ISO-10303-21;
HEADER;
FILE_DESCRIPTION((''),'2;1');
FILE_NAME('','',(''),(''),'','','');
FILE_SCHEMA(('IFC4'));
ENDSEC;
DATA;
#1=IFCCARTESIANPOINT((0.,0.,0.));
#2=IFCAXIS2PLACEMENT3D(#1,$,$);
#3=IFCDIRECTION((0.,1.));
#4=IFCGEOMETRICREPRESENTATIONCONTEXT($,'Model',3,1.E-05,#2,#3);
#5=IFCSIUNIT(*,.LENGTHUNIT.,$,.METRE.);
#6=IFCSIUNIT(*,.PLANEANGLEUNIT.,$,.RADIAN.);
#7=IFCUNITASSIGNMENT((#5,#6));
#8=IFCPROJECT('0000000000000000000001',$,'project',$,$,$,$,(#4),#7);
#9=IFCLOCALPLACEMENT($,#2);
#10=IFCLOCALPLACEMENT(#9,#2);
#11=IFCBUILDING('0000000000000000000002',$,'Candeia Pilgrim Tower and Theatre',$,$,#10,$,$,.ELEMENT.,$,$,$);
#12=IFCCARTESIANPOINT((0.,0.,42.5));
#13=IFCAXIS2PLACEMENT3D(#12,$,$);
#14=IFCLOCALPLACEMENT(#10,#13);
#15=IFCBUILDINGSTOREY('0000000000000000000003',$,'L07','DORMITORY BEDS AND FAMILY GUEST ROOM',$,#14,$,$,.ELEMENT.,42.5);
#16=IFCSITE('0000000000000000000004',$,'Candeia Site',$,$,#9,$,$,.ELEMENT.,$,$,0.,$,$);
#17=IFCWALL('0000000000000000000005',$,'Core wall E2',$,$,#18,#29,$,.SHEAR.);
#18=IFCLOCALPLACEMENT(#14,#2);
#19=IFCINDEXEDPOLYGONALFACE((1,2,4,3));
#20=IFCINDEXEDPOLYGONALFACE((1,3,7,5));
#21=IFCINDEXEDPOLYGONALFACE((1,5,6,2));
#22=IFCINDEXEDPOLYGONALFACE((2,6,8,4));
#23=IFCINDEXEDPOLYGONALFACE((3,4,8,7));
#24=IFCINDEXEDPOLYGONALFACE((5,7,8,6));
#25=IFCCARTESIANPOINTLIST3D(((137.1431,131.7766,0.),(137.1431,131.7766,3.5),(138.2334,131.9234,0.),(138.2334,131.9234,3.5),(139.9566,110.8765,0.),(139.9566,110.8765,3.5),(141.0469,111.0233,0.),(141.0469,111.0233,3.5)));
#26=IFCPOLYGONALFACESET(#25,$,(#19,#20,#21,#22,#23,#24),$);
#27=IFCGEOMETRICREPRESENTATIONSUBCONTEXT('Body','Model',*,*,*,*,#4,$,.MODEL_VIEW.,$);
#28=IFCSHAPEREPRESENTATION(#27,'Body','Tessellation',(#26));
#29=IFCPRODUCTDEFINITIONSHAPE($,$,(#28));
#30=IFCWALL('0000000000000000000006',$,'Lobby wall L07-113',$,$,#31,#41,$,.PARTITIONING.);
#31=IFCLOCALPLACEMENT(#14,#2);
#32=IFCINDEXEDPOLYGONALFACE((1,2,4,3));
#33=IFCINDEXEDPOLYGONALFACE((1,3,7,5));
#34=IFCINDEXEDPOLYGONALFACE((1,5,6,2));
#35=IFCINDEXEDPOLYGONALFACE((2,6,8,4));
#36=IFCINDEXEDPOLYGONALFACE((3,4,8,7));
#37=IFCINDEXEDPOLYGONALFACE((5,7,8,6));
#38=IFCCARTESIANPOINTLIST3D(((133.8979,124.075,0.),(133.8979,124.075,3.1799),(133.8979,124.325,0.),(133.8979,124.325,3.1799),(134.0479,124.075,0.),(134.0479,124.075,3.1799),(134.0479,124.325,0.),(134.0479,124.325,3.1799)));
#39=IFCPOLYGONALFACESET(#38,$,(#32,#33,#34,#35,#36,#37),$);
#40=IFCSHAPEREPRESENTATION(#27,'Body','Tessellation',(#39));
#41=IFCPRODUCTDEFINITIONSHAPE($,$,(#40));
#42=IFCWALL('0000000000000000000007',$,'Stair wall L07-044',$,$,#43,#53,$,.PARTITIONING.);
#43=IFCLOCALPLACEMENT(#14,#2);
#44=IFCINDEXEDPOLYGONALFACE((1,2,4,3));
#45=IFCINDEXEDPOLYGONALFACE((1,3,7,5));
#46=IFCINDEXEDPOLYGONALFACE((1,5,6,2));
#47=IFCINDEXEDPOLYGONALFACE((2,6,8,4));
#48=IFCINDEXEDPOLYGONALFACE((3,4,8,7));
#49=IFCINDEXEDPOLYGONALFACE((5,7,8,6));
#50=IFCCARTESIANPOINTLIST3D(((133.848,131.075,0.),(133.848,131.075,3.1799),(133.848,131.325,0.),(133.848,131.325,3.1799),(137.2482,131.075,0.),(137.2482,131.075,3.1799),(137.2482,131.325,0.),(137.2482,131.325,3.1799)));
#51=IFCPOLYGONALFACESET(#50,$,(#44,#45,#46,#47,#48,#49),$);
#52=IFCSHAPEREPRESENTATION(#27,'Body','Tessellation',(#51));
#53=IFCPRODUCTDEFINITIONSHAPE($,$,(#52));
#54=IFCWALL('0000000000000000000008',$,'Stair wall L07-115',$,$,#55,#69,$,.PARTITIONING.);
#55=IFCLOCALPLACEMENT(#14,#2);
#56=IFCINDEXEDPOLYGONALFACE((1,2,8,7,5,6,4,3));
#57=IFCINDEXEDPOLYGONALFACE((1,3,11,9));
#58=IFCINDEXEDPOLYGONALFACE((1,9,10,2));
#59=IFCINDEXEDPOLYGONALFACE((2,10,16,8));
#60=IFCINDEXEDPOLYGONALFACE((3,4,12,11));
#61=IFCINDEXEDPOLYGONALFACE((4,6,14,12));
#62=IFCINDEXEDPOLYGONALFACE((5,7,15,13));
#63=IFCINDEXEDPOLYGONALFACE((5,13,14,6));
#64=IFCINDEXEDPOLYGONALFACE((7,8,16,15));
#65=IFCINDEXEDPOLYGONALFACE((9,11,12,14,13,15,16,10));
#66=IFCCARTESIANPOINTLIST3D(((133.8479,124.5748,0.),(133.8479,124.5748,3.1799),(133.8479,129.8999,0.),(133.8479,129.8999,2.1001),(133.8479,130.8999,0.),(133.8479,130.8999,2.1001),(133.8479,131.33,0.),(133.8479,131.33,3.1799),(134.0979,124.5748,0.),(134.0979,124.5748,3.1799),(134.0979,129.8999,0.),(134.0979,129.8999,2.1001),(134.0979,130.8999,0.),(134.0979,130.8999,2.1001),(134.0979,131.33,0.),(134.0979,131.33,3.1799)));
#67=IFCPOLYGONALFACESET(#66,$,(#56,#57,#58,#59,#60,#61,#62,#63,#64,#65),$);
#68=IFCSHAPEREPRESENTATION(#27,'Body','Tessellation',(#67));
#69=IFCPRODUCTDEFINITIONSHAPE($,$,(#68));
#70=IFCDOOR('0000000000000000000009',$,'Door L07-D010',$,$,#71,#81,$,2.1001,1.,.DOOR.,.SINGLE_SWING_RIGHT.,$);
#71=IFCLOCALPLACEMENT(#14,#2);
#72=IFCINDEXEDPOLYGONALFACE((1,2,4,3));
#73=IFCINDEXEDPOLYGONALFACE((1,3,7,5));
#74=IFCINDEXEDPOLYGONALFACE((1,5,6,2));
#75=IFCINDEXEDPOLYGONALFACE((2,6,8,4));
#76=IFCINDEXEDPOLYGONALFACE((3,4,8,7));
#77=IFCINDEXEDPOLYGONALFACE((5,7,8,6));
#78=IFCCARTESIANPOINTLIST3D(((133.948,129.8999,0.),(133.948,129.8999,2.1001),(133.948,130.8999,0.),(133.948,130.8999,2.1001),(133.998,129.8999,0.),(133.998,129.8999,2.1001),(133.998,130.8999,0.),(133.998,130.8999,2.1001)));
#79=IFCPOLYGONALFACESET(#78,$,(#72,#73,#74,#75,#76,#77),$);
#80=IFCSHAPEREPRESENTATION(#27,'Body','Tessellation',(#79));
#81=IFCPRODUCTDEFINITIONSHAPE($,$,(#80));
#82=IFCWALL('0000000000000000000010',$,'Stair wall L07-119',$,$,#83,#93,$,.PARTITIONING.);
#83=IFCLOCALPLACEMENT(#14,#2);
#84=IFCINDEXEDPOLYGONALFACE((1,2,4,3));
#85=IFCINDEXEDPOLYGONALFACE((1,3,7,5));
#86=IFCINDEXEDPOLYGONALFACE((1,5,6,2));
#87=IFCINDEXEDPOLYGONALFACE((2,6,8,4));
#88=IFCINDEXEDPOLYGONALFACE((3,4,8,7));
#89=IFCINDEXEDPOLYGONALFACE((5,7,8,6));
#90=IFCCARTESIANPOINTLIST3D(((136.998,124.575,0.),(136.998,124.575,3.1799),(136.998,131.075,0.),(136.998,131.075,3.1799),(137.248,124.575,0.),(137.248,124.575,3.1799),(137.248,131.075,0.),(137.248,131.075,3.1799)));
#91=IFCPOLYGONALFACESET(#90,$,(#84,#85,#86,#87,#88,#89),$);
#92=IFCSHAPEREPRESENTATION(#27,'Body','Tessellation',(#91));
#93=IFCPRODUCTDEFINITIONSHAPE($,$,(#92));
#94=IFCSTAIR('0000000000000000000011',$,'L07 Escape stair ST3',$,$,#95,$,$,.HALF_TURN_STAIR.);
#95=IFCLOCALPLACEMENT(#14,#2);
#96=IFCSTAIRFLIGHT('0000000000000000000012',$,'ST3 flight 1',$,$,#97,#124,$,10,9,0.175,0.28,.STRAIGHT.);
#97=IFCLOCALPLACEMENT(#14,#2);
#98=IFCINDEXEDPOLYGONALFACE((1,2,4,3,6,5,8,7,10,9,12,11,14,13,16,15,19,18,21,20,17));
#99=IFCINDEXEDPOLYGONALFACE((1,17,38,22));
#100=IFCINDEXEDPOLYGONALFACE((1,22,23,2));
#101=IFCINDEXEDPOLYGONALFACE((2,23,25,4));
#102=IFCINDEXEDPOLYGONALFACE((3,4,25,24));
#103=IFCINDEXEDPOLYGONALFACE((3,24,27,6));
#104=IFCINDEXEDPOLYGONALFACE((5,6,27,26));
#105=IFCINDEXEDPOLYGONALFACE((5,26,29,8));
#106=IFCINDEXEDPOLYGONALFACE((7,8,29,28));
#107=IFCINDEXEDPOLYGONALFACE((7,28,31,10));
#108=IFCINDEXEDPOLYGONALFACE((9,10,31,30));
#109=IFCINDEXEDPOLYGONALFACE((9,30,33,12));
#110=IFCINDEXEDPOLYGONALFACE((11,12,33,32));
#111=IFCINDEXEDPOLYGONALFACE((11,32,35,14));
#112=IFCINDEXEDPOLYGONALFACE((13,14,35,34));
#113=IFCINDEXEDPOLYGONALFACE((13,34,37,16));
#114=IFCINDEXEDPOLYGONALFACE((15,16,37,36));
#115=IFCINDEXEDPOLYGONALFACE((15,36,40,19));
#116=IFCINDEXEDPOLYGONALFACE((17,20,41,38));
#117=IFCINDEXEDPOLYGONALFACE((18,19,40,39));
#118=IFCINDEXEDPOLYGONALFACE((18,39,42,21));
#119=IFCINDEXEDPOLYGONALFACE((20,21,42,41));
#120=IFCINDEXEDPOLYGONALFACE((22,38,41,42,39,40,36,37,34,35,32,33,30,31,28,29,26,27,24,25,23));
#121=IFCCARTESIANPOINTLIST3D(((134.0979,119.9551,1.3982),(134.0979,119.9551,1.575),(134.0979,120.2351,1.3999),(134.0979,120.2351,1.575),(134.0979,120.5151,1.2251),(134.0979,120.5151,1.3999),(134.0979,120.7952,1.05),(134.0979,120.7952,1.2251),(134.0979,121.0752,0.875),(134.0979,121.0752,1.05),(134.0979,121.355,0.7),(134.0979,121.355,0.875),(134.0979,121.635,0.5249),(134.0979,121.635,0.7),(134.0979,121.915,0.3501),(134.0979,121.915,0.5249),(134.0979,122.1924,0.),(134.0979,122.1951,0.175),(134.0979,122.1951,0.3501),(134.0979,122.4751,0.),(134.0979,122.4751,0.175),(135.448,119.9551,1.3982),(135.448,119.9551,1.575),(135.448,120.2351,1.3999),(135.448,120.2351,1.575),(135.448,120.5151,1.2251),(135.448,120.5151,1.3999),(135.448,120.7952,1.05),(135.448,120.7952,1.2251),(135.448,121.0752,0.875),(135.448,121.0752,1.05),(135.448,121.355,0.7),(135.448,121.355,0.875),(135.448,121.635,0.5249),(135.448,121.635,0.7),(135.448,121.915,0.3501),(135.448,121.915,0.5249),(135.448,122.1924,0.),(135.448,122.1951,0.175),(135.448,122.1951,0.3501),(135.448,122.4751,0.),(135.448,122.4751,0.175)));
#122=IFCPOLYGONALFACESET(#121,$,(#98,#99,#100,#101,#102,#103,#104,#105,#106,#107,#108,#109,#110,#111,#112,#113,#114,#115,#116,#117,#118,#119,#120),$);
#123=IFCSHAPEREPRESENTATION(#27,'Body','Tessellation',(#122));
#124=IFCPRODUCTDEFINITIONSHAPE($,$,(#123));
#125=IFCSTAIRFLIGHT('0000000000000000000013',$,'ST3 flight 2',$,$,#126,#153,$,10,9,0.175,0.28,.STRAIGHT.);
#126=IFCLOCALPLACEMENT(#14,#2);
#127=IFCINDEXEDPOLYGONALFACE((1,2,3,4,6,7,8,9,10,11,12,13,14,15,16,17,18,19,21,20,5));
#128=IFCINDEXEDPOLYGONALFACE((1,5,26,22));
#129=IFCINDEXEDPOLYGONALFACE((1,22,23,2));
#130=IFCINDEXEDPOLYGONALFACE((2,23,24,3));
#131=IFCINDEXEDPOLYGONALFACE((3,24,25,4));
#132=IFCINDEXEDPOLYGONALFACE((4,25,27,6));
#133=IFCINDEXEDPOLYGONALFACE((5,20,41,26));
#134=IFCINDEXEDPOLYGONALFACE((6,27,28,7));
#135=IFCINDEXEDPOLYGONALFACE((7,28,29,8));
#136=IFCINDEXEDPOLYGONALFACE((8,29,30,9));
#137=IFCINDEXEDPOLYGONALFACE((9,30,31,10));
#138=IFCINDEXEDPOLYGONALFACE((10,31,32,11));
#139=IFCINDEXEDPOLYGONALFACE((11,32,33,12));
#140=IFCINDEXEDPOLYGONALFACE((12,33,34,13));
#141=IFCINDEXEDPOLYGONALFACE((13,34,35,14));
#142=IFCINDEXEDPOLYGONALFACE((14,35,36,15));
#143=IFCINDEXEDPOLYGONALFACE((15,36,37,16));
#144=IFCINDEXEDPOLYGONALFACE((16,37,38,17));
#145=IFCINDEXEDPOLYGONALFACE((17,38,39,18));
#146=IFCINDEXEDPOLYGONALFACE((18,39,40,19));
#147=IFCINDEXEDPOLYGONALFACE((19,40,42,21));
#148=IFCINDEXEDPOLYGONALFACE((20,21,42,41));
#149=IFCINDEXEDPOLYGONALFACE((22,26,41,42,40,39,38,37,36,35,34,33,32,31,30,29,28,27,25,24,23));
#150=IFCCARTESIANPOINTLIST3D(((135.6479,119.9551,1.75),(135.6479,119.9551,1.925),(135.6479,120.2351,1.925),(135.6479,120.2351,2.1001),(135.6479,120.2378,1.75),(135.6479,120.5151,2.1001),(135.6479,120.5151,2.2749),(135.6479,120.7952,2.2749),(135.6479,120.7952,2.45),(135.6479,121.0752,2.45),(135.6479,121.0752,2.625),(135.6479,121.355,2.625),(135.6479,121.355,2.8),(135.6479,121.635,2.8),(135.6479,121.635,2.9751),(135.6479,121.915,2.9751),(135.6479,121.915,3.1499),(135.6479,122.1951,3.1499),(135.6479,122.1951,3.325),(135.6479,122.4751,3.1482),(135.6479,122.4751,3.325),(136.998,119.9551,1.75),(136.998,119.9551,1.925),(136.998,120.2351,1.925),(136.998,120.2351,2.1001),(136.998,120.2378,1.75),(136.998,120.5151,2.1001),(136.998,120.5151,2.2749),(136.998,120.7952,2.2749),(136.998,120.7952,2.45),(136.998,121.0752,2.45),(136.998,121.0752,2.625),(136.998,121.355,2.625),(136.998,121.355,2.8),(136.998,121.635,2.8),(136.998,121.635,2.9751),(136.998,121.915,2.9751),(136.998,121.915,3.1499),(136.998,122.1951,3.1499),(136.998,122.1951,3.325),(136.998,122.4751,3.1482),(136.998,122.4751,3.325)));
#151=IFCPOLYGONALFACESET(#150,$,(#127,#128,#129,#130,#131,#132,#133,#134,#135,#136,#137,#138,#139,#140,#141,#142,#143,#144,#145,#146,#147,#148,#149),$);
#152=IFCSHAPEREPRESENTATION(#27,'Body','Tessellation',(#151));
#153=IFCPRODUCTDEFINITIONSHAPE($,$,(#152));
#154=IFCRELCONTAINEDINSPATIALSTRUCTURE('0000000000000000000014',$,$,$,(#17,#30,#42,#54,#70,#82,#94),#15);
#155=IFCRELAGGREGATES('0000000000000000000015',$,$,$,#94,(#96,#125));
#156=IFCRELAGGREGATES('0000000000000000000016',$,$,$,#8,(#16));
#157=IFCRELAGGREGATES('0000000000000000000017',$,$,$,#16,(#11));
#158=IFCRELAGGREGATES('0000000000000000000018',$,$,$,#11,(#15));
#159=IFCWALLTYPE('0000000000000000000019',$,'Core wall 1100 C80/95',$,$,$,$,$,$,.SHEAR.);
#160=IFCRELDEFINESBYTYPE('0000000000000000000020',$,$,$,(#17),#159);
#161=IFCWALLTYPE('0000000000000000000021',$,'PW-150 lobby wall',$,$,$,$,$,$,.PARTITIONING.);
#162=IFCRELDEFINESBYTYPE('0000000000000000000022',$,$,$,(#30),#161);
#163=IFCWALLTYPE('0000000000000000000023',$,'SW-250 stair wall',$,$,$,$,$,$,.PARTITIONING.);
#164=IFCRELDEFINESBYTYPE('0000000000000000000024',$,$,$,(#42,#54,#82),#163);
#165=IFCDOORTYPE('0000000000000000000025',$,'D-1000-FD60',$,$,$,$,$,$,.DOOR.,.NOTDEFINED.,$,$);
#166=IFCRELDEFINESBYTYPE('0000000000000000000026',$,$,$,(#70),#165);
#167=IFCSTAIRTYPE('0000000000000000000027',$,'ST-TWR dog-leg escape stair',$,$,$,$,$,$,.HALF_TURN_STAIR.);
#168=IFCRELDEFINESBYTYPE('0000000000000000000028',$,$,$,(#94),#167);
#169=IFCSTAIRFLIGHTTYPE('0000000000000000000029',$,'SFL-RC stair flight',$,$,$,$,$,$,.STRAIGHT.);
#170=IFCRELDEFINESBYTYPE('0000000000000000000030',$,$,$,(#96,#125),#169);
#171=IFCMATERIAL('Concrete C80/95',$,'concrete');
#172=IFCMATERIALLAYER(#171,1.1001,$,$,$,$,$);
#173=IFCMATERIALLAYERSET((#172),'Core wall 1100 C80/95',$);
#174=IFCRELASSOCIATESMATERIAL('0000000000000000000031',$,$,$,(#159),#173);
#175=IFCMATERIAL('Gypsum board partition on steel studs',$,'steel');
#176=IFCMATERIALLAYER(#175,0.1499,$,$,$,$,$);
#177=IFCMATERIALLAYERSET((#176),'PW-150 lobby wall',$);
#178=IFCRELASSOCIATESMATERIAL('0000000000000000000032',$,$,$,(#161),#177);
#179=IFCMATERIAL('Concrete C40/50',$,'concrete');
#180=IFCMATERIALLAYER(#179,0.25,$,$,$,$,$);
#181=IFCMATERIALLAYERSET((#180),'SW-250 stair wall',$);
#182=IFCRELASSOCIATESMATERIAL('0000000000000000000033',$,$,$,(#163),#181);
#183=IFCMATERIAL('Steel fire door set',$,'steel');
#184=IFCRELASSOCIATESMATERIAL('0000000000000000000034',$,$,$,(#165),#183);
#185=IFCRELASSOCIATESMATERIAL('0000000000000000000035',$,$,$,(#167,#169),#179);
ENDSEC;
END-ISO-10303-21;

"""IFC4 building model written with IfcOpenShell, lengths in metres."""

from ifc_helpers import new_model, si_unit, direction, frame, frame_2d, origin, place, context, subcontext, project, spatial, polyline, rectangle, outline, extrude, material, layer, layer_set, type_object, element, fill, aggregate, save


model = new_model("IFC4")

# Units and contexts
model_context = context("Model", 3, precision=1e-05, world=origin(), true_north=direction((0.0, 1.0)))
body_context = subcontext(model_context, "Body", "Model", "MODEL_VIEW")
ifc_project = project(units=[si_unit("LENGTHUNIT", "METRE"), si_unit("PLANEANGLEUNIT", "RADIAN")], contexts=[model_context])

# Site, building, storey
site_placement = place(None, origin())
site = spatial("IfcSite", under=ifc_project, at=site_placement, Name="Candeia Site", CompositionType="ELEMENT", RefElevation=0.0)
building_placement = place(site_placement, origin())
building = spatial("IfcBuilding", under=site, at=building_placement, Name="Candeia Pilgrim Tower and Theatre", CompositionType="ELEMENT")
storey_placement = place(building_placement, frame((0.0, 0.0, 42.5)))
storey = spatial("IfcBuildingStorey", under=building, at=storey_placement, Name="L07", Description="DORMITORY BEDS AND FAMILY GUEST ROOM", CompositionType="ELEMENT", Elevation=42.5)

# Wall
ifc_material_1 = material(Name="Concrete C80/95", Category="concrete")
ifc_layer_1 = layer(ifc_material_1, 1.1001)
ifc_layer_set_1 = layer_set([ifc_layer_1], Name="Core wall 1100 C80/95")
wall_type_1 = type_object("IfcWallType", Name="Core wall 1100 C80/95", PredefinedType="SHEAR", material=ifc_layer_set_1)
wall_1_placement = place(storey_placement, frame((137.6882, 131.8501, 0.0), z_axis=(0.0, 0.0, 1.0), x_axis=(0.133412, -0.991061, 0.0)))
element("IfcWall", 1, at=wall_1_placement, inside=storey, type_object=wall_type_1, Name="Core wall E2", PredefinedType="SHEAR", context=body_context, shape_type="SweptSolid", body=[
    extrude(rectangle(XDim=21.0886, YDim=1.1001, at=frame_2d((10.5444, 0.0))), origin(), (0.0, 0.0, 1.0), 3.5),
])

# Walls
ifc_material_2 = material(Name="Gypsum board partition on steel studs", Category="steel")
ifc_layer_2 = layer(ifc_material_2, 0.1499)
ifc_layer_set_2 = layer_set([ifc_layer_2], Name="PW-150 lobby wall")
wall_type_2 = type_object("IfcWallType", Name="PW-150 lobby wall", PredefinedType="PARTITIONING", material=ifc_layer_set_2)
wall_2_placement = place(storey_placement, frame((133.9729, 124.075, 0.0), z_axis=(0.0, 0.0, 1.0), x_axis=(0.0, 1.0, 0.0)))
element("IfcWall", 2, at=wall_2_placement, inside=storey, type_object=wall_type_2, Name="Lobby wall L07-113", PredefinedType="PARTITIONING", context=body_context, shape_type="SweptSolid", body=[
    extrude(rectangle(XDim=0.25, YDim=0.1499, at=frame_2d((0.125, 0.0))), origin(), (0.0, 0.0, 1.0), 3.1799),
])
ifc_material_3 = material(Name="Concrete C40/50", Category="concrete")
ifc_layer_3 = layer(ifc_material_3, 0.25)
ifc_layer_set_3 = layer_set([ifc_layer_3], Name="SW-250 stair wall")
wall_type_3 = type_object("IfcWallType", Name="SW-250 stair wall", PredefinedType="PARTITIONING", material=ifc_layer_set_3)
wall_3_placement = place(storey_placement, frame((133.8479, 131.2, 0.0), z_axis=(0.0, 0.0, 1.0), x_axis=(1.0, 0.0, 0.0)))
element("IfcWall", 3, at=wall_3_placement, inside=storey, type_object=wall_type_3, Name="Stair wall L07-044", PredefinedType="PARTITIONING", context=body_context, shape_type="SweptSolid", body=[
    extrude(rectangle(XDim=3.4001, YDim=0.25, at=frame_2d((1.7002, 0.0))), origin(), (0.0, 0.0, 1.0), 3.1799),
])

# Wall, opening, door
wall_4_placement = place(storey_placement, frame((133.9729, 124.575, 0.0), z_axis=(0.0, 0.0, 1.0), x_axis=(0.0, 1.0, 0.0)))
wall_4 = element("IfcWall", 4, at=wall_4_placement, inside=storey, type_object=wall_type_3, Name="Stair wall L07-115", PredefinedType="PARTITIONING", context=body_context, shape_type="SweptSolid", body=[
    extrude(rectangle(XDim=6.7551, YDim=0.25, at=frame_2d((3.3774, 0.0))), origin(), (0.0, 0.0, 1.0), 3.1799),
])
opening_1_placement = place(wall_4_placement, frame((5.325, 0.0, 0.0)))
opening_1 = element("IfcOpeningElement", 5, at=opening_1_placement, cuts=wall_4, PredefinedType="OPENING", context=body_context, shape_type="SweptSolid", body=[
    extrude(rectangle(XDim=1.0, YDim=2.1001, at=frame_2d((0.5, 1.05))), frame((0.0, 0.135, 0.0), z_axis=(0.0, -1.0, 0.0), x_axis=(1.0, 0.0, 0.0)), (0.0, 0.0, 1.0), 0.27),
])
ifc_material_4 = material(Name="Steel fire door set", Category="steel")
door_type_1 = type_object("IfcDoorType", Name="D-1000-FD60", OperationType="NOTDEFINED", PredefinedType="DOOR", material=ifc_material_4)
door_1_placement = place(opening_1_placement, origin())
door_1 = element("IfcDoor", 6, at=door_1_placement, inside=storey, type_object=door_type_1, Name="Door L07-D010", OperationType="SINGLE_SWING_RIGHT", OverallHeight=2.1001, OverallWidth=1.0, PredefinedType="DOOR", context=body_context, shape_type="SweptSolid", body=[
    extrude(rectangle(XDim=1.0, YDim=2.1001, at=frame_2d((0.5, 1.05))), frame((0.0, 0.0249, 0.0), z_axis=(0.0, -1.0, 0.0), x_axis=(1.0, 0.0, 0.0)), (0.0, 0.0, 1.0), 0.05),
])
fill(opening_1, door_1)

# Wall
wall_5_placement = place(storey_placement, frame((137.123, 124.575, 0.0), z_axis=(0.0, 0.0, 1.0), x_axis=(0.0, 1.0, 0.0)))
element("IfcWall", 7, at=wall_5_placement, inside=storey, type_object=wall_type_3, Name="Stair wall L07-119", PredefinedType="PARTITIONING", context=body_context, shape_type="SweptSolid", body=[
    extrude(rectangle(XDim=6.5, YDim=0.25, at=frame_2d((3.25, 0.0))), origin(), (0.0, 0.0, 1.0), 3.1799),
])

# Stair, stair flights
stair_type = type_object("IfcStairType", Name="ST-TWR dog-leg escape stair", PredefinedType="HALF_TURN_STAIR", material=ifc_material_3)
stair_1_placement = place(storey_placement, origin())
stair_1 = element("IfcStair", 8, at=stair_1_placement, inside=storey, type_object=stair_type, Name="L07 Escape stair ST3", PredefinedType="HALF_TURN_STAIR")
stair_flight_type = type_object("IfcStairFlightType", Name="SFL-RC stair flight", PredefinedType="STRAIGHT", material=ifc_material_3)
stair_flight_1_placement = place(storey_placement, frame((134.7729, 122.4751, 0.0), z_axis=(0.0, 0.0, 1.0), x_axis=(0.0, -1.0, 0.0)))
stair_flight_1 = element("IfcStairFlight", 9, at=stair_flight_1_placement, type_object=stair_flight_type, Name="ST3 flight 1", NumberOfRisers=10, NumberOfTreads=9, PredefinedType="STRAIGHT", RiserHeight=0.175, TreadLength=0.28, context=body_context, shape_type="SweptSolid", body=[
    extrude(outline(polyline([(0.0, 0.0), (0.0, 0.175), (0.28, 0.175), (0.28, 0.3501), (0.5601, 0.3501), (0.5601, 0.5249), (0.8401, 0.5249), (0.8401, 0.7), (1.1201, 0.7), (1.1201, 0.875), (1.3999, 0.875), (1.3999, 1.05), (1.6799, 1.05), (1.6799, 1.2251), (1.96, 1.2251), (1.96, 1.3999), (2.24, 1.3999), (2.24, 1.575), (2.52, 1.575), (2.52, 1.75), (2.52, 1.3982), (0.2827, 0.0), (0.0, 0.0)])), frame((0.0, 0.675, 0.0), z_axis=(0.0, -1.0, 0.0), x_axis=(1.0, 0.0, 0.0)), (0.0, 0.0, 1.0), 1.3501),
])
stair_flight_2_placement = place(storey_placement, frame((136.323, 119.9551, 1.75), z_axis=(0.0, 0.0, 1.0), x_axis=(0.0, 1.0, 0.0)))
stair_flight_2 = element("IfcStairFlight", 10, at=stair_flight_2_placement, type_object=stair_flight_type, Name="ST3 flight 2", NumberOfRisers=10, NumberOfTreads=9, PredefinedType="STRAIGHT", RiserHeight=0.175, TreadLength=0.28, context=body_context, shape_type="SweptSolid", body=[
    extrude(outline(polyline([(0.0, 0.0), (0.0, 0.175), (0.28, 0.175), (0.28, 0.3501), (0.5601, 0.3501), (0.5601, 0.5249), (0.8401, 0.5249), (0.8401, 0.7), (1.1201, 0.7), (1.1201, 0.875), (1.3999, 0.875), (1.3999, 1.05), (1.6799, 1.05), (1.6799, 1.2251), (1.96, 1.2251), (1.96, 1.3999), (2.24, 1.3999), (2.24, 1.575), (2.52, 1.575), (2.52, 1.75), (2.52, 1.3982), (0.2827, 0.0), (0.0, 0.0)])), frame((0.0, 0.675, 0.0), z_axis=(0.0, -1.0, 0.0), x_axis=(1.0, 0.0, 0.0)), (0.0, 0.0, 1.0), 1.3501),
])
aggregate(stair_1, [stair_flight_1, stair_flight_2])

save(model, "model.ifc")
